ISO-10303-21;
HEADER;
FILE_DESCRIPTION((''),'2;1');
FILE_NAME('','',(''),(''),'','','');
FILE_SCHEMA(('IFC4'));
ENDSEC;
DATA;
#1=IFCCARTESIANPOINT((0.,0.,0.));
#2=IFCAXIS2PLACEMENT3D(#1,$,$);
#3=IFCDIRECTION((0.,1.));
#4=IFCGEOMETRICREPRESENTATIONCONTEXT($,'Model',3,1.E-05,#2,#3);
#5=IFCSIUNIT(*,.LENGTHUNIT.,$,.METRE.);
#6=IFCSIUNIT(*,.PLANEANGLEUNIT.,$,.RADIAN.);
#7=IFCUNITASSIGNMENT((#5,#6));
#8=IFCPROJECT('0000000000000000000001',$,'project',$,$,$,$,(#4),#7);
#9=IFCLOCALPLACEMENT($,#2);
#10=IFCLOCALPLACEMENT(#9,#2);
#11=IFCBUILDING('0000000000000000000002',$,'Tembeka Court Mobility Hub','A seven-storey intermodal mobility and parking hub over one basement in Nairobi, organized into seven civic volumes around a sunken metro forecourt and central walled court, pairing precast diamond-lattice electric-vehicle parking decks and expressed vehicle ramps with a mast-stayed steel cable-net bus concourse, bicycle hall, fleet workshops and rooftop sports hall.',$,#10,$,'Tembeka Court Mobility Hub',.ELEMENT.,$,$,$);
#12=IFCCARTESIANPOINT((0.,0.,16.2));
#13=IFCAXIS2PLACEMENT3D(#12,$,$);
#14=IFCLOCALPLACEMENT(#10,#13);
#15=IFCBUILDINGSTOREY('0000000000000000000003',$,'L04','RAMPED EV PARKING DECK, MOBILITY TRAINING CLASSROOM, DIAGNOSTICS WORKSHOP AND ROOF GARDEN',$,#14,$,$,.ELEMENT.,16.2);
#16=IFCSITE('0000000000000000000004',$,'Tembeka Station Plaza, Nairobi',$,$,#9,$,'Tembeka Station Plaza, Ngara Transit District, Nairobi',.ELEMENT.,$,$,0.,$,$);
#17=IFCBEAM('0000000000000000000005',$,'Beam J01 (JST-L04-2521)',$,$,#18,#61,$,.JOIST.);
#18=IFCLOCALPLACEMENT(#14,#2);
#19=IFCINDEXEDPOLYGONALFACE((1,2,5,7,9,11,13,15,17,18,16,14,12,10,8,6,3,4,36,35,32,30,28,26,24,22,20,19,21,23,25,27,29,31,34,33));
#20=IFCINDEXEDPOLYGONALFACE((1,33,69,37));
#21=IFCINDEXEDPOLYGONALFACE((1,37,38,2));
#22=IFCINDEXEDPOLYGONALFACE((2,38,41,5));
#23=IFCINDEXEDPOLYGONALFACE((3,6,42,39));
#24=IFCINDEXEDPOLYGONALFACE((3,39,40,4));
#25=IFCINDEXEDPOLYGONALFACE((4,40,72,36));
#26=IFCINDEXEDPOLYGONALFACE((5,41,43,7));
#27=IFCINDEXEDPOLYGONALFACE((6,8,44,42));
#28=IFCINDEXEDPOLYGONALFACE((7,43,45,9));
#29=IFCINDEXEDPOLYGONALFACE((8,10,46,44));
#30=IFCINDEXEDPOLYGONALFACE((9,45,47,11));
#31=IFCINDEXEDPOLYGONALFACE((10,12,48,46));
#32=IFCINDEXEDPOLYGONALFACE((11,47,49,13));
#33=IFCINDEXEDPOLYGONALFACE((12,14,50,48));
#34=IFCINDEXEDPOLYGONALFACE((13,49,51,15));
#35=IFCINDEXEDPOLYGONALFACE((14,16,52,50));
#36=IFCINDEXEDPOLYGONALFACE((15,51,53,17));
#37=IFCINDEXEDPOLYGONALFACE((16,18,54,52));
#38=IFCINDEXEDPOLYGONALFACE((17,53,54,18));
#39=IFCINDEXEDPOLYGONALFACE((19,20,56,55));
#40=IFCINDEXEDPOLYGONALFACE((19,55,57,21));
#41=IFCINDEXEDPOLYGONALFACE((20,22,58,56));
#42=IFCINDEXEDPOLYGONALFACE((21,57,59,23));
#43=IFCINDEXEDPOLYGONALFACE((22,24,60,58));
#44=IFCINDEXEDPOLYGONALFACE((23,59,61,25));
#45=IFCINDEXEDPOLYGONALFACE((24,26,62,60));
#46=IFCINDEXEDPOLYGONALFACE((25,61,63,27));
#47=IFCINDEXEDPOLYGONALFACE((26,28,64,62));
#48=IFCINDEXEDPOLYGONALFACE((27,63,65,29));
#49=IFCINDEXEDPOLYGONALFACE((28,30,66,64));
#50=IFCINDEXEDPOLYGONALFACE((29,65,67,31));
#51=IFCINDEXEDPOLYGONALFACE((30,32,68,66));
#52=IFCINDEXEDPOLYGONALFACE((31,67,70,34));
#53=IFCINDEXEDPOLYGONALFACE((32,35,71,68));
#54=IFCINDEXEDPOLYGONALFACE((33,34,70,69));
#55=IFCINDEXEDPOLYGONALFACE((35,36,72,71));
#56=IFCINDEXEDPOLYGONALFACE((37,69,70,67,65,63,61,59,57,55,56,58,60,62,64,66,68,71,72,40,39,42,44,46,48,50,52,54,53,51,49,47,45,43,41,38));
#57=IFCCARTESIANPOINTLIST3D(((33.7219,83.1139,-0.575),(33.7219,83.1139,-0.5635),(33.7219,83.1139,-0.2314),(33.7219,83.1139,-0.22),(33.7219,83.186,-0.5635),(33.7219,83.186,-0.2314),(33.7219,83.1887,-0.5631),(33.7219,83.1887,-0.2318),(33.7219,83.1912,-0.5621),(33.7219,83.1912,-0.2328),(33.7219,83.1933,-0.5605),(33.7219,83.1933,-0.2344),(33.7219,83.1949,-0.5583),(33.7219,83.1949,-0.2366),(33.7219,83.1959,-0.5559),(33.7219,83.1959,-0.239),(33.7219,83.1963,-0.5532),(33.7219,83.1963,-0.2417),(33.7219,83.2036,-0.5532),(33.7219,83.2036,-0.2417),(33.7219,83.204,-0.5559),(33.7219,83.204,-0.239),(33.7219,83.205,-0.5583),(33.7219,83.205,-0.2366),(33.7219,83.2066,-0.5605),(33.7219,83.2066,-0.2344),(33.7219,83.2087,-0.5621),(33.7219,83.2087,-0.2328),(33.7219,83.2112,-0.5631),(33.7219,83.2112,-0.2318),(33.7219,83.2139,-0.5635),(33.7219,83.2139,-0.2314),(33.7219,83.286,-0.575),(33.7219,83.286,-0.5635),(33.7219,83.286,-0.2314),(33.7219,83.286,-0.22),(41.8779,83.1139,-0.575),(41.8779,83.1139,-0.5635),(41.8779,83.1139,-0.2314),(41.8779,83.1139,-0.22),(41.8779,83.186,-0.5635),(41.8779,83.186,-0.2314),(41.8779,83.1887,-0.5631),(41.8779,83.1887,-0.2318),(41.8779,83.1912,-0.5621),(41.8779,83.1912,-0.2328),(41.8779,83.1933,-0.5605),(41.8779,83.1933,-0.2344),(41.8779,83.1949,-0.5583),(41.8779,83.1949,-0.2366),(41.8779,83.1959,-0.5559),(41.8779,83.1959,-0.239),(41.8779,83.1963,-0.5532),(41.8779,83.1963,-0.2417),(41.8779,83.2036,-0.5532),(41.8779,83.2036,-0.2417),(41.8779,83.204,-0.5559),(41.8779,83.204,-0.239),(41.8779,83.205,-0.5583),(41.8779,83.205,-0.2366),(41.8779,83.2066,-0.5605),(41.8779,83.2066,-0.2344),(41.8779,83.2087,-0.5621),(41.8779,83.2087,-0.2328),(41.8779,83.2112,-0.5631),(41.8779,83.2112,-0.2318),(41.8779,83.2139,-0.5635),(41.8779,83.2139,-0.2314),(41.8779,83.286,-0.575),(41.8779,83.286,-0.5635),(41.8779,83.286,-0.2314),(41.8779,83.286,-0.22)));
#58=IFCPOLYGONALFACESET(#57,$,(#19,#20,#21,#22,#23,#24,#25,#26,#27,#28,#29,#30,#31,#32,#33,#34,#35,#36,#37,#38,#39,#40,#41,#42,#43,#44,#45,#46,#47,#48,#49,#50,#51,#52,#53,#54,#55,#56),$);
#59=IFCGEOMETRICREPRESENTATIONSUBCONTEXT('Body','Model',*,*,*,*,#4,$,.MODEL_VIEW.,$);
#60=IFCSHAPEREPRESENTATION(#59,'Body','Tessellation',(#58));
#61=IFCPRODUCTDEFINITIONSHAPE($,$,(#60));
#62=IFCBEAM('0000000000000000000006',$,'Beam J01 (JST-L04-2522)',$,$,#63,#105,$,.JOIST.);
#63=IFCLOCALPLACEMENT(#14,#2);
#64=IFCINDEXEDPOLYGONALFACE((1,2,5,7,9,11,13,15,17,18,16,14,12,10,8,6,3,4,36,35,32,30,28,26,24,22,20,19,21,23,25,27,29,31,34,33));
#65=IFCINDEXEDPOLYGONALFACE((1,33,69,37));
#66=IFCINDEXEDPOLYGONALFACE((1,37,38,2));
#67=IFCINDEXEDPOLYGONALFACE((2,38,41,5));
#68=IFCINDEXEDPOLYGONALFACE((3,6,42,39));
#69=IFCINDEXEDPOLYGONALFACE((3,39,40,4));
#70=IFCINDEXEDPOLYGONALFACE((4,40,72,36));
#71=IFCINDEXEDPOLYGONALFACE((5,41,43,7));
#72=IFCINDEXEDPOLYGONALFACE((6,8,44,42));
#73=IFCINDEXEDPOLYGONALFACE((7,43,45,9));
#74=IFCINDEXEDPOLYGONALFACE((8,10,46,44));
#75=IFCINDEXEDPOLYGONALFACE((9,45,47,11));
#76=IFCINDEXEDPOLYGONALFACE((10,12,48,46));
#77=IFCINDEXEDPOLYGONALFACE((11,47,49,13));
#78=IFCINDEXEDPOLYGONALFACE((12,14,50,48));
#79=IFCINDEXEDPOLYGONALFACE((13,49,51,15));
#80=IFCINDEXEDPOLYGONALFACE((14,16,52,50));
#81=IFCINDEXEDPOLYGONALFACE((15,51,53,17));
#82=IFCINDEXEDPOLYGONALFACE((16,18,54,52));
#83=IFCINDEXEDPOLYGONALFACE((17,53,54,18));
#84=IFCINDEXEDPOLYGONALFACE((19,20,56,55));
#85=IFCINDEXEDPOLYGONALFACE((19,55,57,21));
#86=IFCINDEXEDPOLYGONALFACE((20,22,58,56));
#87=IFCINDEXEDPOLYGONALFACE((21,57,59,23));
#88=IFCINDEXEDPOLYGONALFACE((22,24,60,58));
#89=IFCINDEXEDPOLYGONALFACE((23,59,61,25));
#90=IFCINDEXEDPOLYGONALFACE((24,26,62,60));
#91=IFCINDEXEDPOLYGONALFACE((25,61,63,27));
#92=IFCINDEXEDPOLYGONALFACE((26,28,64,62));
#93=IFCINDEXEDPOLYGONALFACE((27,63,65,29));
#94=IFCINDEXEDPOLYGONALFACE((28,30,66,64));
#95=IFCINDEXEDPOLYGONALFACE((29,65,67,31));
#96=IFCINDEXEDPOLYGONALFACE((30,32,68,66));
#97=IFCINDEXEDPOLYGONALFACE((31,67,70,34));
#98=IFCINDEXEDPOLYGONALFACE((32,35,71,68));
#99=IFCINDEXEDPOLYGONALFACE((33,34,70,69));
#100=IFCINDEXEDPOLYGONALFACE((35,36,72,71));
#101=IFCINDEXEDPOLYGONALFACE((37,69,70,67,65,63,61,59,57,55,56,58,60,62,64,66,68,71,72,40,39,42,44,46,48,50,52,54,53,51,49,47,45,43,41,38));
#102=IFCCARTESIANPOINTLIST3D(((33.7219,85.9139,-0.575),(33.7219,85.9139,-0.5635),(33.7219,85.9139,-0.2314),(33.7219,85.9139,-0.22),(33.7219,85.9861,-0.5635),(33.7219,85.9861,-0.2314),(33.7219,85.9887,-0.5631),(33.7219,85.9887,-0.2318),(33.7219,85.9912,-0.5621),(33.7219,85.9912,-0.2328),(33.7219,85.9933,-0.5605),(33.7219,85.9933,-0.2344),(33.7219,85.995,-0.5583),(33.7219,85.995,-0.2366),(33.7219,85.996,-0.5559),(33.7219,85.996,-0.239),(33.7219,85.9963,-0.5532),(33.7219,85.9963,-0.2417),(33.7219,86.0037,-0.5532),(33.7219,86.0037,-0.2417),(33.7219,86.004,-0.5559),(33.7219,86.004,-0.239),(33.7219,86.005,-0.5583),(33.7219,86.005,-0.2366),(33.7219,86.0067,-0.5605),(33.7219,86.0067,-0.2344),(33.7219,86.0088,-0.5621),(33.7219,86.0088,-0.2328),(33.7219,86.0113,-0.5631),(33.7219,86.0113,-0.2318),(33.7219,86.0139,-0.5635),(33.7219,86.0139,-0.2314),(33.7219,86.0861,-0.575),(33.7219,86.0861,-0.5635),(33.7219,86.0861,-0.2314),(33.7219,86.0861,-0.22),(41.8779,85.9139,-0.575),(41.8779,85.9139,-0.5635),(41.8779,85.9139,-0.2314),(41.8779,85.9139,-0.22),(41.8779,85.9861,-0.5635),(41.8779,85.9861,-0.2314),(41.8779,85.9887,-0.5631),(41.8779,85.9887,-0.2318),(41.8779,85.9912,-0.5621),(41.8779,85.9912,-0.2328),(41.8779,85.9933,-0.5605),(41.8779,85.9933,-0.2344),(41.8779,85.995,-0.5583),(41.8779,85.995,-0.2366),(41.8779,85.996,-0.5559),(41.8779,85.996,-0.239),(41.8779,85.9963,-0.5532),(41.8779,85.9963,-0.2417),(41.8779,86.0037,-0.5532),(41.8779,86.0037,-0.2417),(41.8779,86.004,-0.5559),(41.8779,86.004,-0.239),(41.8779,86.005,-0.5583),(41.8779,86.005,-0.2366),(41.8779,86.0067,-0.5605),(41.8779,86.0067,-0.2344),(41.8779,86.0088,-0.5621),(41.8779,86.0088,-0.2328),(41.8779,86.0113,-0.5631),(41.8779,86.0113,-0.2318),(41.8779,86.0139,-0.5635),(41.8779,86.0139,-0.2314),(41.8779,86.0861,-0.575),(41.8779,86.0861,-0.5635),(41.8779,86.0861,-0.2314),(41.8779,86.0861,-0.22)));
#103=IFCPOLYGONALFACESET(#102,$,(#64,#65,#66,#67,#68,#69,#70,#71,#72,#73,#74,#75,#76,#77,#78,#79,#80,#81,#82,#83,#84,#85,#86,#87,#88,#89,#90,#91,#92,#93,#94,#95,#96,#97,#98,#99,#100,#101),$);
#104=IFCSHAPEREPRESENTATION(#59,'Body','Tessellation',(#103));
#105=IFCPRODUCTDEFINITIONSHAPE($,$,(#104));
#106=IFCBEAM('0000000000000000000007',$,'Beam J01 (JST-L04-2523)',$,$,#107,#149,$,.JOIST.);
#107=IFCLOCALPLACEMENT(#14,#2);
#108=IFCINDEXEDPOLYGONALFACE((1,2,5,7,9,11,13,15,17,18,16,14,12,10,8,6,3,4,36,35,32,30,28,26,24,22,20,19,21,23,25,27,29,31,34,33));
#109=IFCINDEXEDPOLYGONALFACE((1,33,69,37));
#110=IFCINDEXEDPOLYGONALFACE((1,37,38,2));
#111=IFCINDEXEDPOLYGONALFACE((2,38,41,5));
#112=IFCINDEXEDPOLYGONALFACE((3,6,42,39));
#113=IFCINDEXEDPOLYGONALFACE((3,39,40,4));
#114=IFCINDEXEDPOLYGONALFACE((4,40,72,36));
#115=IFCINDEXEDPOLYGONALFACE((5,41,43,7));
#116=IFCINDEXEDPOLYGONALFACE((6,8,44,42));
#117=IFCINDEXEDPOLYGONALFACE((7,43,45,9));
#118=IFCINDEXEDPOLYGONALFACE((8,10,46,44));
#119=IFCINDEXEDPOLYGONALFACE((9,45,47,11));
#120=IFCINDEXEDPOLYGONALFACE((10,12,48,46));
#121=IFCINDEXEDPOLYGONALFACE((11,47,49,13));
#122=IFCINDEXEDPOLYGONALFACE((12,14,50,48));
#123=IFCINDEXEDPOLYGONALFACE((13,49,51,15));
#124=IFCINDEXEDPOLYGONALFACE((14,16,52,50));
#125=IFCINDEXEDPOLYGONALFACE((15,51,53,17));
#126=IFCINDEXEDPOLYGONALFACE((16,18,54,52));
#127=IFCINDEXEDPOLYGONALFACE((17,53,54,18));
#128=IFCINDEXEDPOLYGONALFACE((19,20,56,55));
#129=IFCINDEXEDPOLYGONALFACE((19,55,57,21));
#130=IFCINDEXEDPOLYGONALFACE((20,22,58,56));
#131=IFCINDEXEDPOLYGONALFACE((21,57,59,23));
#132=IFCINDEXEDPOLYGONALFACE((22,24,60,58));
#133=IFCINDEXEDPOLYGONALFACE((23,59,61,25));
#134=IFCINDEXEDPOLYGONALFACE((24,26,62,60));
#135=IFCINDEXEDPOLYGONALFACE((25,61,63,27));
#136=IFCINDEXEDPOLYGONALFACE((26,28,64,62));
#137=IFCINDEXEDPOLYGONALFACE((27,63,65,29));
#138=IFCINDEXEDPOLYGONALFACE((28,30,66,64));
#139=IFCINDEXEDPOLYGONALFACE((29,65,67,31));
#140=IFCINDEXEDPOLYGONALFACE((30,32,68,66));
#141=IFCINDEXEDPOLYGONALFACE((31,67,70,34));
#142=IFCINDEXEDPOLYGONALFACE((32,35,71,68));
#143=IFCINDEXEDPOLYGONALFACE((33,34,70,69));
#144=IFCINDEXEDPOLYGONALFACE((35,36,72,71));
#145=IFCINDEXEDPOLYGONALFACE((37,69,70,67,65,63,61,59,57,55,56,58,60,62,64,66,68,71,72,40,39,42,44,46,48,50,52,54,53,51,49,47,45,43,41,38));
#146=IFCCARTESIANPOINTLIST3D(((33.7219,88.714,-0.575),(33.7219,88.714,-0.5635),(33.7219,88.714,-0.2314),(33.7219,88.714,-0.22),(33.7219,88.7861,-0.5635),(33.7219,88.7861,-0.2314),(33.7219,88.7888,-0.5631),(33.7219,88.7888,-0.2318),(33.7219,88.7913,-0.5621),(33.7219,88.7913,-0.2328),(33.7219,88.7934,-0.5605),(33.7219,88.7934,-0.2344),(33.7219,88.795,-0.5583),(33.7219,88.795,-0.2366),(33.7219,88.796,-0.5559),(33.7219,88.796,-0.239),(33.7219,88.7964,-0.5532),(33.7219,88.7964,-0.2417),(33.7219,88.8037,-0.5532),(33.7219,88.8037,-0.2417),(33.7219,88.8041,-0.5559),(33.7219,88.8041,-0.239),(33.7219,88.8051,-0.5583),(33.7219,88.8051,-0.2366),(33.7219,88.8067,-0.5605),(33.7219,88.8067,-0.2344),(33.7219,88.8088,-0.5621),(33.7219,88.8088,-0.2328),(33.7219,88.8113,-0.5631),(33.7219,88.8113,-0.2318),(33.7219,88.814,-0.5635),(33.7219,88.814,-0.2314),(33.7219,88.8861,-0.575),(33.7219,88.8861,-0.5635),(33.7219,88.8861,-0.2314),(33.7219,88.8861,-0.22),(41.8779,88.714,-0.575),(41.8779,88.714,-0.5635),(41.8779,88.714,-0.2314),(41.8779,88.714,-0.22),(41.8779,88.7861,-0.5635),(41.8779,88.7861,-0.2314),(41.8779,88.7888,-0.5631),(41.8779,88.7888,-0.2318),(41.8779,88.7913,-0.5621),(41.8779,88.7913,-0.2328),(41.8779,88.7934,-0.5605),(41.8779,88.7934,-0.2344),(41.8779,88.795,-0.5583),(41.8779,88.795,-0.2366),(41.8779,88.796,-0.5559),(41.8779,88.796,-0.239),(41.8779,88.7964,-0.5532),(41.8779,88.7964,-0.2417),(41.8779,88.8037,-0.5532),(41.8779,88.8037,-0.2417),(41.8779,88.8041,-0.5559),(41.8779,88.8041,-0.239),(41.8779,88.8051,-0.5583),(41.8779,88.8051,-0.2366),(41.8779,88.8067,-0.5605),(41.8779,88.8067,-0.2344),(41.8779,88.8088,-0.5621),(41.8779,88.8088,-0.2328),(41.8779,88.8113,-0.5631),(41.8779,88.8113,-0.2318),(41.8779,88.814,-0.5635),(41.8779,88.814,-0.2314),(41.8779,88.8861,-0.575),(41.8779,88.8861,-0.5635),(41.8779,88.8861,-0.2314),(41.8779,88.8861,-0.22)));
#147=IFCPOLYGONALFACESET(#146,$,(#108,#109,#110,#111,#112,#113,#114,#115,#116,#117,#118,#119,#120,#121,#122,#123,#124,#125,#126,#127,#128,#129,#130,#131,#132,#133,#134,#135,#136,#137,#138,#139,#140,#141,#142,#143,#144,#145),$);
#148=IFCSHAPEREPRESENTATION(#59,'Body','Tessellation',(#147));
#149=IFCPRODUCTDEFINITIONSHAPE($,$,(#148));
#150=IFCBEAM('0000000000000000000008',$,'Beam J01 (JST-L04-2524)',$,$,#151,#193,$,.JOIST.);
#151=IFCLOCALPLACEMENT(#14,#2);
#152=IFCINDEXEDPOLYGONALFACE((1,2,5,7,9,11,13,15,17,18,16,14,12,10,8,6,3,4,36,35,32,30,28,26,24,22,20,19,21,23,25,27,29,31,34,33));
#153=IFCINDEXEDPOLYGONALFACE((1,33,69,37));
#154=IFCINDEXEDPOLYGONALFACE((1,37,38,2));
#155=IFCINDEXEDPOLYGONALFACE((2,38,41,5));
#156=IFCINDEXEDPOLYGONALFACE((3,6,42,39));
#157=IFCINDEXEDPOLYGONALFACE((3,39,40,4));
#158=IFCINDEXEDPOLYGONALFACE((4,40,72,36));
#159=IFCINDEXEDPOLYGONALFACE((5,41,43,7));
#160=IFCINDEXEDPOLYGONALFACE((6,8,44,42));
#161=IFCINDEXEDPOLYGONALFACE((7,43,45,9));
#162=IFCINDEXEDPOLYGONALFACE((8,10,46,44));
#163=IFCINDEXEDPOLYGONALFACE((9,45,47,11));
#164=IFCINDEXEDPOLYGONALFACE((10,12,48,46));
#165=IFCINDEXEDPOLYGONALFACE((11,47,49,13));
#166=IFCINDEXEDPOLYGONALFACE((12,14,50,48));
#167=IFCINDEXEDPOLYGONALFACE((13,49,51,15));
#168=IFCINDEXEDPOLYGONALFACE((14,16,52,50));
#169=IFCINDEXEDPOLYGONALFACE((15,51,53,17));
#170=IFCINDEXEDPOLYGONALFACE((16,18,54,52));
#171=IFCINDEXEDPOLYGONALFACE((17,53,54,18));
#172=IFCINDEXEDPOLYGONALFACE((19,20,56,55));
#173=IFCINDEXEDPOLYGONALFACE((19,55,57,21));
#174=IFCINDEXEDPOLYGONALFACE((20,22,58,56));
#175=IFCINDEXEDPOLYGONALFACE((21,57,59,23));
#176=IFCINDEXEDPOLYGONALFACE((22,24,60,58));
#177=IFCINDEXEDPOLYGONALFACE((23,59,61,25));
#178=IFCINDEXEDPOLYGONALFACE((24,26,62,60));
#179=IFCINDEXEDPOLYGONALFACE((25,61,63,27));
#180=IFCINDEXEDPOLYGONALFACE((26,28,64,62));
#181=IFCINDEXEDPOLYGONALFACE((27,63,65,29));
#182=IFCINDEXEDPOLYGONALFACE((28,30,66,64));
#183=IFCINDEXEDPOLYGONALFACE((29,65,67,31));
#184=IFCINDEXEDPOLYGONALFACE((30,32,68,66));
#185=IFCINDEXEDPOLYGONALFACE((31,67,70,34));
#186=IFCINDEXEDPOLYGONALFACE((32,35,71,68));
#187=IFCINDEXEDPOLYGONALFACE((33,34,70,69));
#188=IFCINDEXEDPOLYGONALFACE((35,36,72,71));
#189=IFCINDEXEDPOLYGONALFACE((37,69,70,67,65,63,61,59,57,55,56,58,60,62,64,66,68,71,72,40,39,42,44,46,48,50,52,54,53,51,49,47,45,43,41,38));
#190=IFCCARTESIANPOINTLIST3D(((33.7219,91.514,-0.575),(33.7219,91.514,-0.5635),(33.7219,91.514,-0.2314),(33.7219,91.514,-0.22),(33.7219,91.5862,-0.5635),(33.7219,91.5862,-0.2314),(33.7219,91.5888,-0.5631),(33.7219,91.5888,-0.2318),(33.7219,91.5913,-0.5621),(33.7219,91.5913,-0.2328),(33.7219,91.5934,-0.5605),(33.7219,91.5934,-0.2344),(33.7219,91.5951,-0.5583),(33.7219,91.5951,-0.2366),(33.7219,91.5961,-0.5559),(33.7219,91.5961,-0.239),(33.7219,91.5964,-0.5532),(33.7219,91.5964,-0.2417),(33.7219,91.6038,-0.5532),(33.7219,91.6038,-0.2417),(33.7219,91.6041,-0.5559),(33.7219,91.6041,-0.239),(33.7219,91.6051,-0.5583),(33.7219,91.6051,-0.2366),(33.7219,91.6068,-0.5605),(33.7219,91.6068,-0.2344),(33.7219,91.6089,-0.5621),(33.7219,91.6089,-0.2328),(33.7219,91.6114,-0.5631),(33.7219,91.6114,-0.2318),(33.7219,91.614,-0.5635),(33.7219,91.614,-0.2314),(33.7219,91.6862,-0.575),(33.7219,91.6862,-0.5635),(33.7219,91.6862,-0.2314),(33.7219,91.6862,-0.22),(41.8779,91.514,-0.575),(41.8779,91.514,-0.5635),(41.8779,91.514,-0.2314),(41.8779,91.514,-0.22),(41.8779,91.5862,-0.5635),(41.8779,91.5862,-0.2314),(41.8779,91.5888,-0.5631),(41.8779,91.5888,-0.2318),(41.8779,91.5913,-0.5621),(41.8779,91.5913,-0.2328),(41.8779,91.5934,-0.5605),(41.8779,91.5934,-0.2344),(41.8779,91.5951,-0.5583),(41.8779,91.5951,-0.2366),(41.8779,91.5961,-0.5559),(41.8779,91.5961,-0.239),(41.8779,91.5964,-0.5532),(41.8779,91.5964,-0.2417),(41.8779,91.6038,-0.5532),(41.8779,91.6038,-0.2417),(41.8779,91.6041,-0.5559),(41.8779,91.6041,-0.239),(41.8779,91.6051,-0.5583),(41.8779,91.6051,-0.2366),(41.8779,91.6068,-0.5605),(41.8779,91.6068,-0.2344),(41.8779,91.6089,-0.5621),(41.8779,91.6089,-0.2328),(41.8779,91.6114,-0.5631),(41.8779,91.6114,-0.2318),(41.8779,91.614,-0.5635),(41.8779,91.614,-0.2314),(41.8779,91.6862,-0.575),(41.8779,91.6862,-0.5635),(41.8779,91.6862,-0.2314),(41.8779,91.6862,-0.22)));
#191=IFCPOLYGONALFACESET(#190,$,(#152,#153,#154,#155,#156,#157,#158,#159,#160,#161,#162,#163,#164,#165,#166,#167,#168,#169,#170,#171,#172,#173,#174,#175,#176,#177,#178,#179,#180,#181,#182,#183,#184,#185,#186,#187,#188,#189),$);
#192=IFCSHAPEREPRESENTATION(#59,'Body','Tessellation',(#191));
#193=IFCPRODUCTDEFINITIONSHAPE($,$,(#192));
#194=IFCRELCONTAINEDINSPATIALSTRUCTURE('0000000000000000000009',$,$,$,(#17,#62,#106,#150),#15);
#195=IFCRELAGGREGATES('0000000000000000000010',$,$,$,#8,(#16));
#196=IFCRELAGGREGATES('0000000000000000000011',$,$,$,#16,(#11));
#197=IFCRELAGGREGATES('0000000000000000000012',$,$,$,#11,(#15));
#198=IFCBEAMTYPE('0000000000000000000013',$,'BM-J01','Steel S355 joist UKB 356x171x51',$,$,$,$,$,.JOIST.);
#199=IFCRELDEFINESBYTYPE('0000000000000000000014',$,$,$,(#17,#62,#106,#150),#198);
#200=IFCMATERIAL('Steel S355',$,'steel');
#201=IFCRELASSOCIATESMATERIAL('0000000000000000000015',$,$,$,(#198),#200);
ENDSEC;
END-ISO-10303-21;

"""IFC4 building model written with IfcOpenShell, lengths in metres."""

from ifc_helpers import new_model, si_unit, direction, frame, origin, origin_2d, place, context, subcontext, project, spatial, i_section, extrude, material, material_profile, profile_set, type_object, element, save


model = new_model("IFC4")

# Units and contexts
model_context = context("Model", 3, precision=1e-05, world=origin(), true_north=direction((0.0, 1.0)))
body_context = subcontext(model_context, "Body", "Model", "MODEL_VIEW")
ifc_project = project(units=[si_unit("LENGTHUNIT", "METRE"), si_unit("PLANEANGLEUNIT", "RADIAN")], contexts=[model_context])

# Site, building, storey
site_placement = place(None, origin())
site = spatial("IfcSite", under=ifc_project, at=site_placement, Name="Tembeka Station Plaza, Nairobi", LongName="Tembeka Station Plaza, Ngara Transit District, Nairobi", CompositionType="ELEMENT", RefElevation=0.0)
building_placement = place(site_placement, origin())
building = spatial("IfcBuilding", under=site, at=building_placement, Name="Tembeka Court Mobility Hub", Description="A seven-storey intermodal mobility and parking hub over one basement in Nairobi, organized into seven civic volumes around a sunken metro forecourt and central walled court, pairing precast diamond-lattice electric-vehicle parking decks and expressed vehicle ramps with a mast-stayed steel cable-net bus concourse, bicycle hall, fleet workshops and rooftop sports hall.", LongName="Tembeka Court Mobility Hub", CompositionType="ELEMENT")
storey_placement = place(building_placement, frame((0.0, 0.0, 16.2)))
storey = spatial("IfcBuildingStorey", under=building, at=storey_placement, Name="L04", Description="RAMPED EV PARKING DECK, MOBILITY TRAINING CLASSROOM, DIAGNOSTICS WORKSHOP AND ROOF GARDEN", CompositionType="ELEMENT", Elevation=16.2)

# Shared definitions
ifc_material = material(Name="Steel S355", Category="steel")

# Beams
ifc_material_profile_1 = material_profile(ifc_material, i_section(OverallWidth=0.1721, OverallDepth=0.355, WebThickness=0.0073, FlangeThickness=0.0115, FilletRadius=0.0103, at=origin_2d()), Name="UKB 356x171x51")
ifc_profile_set_1 = profile_set([ifc_material_profile_1], Name="Steel S355")
beam_type_1 = type_object("IfcBeamType", Name="BM-J01", Description="Steel S355 joist UKB 356x171x51", PredefinedType="JOIST", material=ifc_profile_set_1)
for number, where, z_axis, x_axis, name in (
    (1, (33.7219, 83.2, -0.3975), (1.0, 0.0, 0.0), (0.0, 1.0, 0.0), "Beam J01 (JST-L04-2521)"),
    (2, (33.7219, 86.0, -0.3975), (1.0, 0.0, 0.0), (0.0, 1.0, 0.0), "Beam J01 (JST-L04-2522)"),
    (3, (33.7219, 88.8, -0.3975), (1.0, 0.0, 0.0), (0.0, 1.0, 0.0), "Beam J01 (JST-L04-2523)"),
    (4, (33.7219, 91.6001, -0.3975), (1.0, 0.0, 0.0), (0.0, 1.0, 0.0), "Beam J01 (JST-L04-2524)"),
):
    element("IfcBeam", number, at=place(storey_placement, frame(where, z_axis=z_axis, x_axis=x_axis)), inside=storey, type_object=beam_type_1, Name=name, PredefinedType="JOIST", context=body_context, shape_type="SweptSolid", body=[
        extrude(i_section(OverallWidth=0.1721, OverallDepth=0.355, WebThickness=0.0073, FlangeThickness=0.0115, FilletRadius=0.0103, at=origin_2d()), origin(), (0.0, 0.0, 1.0), 8.156),
    ])

save(model, "model.ifc")
